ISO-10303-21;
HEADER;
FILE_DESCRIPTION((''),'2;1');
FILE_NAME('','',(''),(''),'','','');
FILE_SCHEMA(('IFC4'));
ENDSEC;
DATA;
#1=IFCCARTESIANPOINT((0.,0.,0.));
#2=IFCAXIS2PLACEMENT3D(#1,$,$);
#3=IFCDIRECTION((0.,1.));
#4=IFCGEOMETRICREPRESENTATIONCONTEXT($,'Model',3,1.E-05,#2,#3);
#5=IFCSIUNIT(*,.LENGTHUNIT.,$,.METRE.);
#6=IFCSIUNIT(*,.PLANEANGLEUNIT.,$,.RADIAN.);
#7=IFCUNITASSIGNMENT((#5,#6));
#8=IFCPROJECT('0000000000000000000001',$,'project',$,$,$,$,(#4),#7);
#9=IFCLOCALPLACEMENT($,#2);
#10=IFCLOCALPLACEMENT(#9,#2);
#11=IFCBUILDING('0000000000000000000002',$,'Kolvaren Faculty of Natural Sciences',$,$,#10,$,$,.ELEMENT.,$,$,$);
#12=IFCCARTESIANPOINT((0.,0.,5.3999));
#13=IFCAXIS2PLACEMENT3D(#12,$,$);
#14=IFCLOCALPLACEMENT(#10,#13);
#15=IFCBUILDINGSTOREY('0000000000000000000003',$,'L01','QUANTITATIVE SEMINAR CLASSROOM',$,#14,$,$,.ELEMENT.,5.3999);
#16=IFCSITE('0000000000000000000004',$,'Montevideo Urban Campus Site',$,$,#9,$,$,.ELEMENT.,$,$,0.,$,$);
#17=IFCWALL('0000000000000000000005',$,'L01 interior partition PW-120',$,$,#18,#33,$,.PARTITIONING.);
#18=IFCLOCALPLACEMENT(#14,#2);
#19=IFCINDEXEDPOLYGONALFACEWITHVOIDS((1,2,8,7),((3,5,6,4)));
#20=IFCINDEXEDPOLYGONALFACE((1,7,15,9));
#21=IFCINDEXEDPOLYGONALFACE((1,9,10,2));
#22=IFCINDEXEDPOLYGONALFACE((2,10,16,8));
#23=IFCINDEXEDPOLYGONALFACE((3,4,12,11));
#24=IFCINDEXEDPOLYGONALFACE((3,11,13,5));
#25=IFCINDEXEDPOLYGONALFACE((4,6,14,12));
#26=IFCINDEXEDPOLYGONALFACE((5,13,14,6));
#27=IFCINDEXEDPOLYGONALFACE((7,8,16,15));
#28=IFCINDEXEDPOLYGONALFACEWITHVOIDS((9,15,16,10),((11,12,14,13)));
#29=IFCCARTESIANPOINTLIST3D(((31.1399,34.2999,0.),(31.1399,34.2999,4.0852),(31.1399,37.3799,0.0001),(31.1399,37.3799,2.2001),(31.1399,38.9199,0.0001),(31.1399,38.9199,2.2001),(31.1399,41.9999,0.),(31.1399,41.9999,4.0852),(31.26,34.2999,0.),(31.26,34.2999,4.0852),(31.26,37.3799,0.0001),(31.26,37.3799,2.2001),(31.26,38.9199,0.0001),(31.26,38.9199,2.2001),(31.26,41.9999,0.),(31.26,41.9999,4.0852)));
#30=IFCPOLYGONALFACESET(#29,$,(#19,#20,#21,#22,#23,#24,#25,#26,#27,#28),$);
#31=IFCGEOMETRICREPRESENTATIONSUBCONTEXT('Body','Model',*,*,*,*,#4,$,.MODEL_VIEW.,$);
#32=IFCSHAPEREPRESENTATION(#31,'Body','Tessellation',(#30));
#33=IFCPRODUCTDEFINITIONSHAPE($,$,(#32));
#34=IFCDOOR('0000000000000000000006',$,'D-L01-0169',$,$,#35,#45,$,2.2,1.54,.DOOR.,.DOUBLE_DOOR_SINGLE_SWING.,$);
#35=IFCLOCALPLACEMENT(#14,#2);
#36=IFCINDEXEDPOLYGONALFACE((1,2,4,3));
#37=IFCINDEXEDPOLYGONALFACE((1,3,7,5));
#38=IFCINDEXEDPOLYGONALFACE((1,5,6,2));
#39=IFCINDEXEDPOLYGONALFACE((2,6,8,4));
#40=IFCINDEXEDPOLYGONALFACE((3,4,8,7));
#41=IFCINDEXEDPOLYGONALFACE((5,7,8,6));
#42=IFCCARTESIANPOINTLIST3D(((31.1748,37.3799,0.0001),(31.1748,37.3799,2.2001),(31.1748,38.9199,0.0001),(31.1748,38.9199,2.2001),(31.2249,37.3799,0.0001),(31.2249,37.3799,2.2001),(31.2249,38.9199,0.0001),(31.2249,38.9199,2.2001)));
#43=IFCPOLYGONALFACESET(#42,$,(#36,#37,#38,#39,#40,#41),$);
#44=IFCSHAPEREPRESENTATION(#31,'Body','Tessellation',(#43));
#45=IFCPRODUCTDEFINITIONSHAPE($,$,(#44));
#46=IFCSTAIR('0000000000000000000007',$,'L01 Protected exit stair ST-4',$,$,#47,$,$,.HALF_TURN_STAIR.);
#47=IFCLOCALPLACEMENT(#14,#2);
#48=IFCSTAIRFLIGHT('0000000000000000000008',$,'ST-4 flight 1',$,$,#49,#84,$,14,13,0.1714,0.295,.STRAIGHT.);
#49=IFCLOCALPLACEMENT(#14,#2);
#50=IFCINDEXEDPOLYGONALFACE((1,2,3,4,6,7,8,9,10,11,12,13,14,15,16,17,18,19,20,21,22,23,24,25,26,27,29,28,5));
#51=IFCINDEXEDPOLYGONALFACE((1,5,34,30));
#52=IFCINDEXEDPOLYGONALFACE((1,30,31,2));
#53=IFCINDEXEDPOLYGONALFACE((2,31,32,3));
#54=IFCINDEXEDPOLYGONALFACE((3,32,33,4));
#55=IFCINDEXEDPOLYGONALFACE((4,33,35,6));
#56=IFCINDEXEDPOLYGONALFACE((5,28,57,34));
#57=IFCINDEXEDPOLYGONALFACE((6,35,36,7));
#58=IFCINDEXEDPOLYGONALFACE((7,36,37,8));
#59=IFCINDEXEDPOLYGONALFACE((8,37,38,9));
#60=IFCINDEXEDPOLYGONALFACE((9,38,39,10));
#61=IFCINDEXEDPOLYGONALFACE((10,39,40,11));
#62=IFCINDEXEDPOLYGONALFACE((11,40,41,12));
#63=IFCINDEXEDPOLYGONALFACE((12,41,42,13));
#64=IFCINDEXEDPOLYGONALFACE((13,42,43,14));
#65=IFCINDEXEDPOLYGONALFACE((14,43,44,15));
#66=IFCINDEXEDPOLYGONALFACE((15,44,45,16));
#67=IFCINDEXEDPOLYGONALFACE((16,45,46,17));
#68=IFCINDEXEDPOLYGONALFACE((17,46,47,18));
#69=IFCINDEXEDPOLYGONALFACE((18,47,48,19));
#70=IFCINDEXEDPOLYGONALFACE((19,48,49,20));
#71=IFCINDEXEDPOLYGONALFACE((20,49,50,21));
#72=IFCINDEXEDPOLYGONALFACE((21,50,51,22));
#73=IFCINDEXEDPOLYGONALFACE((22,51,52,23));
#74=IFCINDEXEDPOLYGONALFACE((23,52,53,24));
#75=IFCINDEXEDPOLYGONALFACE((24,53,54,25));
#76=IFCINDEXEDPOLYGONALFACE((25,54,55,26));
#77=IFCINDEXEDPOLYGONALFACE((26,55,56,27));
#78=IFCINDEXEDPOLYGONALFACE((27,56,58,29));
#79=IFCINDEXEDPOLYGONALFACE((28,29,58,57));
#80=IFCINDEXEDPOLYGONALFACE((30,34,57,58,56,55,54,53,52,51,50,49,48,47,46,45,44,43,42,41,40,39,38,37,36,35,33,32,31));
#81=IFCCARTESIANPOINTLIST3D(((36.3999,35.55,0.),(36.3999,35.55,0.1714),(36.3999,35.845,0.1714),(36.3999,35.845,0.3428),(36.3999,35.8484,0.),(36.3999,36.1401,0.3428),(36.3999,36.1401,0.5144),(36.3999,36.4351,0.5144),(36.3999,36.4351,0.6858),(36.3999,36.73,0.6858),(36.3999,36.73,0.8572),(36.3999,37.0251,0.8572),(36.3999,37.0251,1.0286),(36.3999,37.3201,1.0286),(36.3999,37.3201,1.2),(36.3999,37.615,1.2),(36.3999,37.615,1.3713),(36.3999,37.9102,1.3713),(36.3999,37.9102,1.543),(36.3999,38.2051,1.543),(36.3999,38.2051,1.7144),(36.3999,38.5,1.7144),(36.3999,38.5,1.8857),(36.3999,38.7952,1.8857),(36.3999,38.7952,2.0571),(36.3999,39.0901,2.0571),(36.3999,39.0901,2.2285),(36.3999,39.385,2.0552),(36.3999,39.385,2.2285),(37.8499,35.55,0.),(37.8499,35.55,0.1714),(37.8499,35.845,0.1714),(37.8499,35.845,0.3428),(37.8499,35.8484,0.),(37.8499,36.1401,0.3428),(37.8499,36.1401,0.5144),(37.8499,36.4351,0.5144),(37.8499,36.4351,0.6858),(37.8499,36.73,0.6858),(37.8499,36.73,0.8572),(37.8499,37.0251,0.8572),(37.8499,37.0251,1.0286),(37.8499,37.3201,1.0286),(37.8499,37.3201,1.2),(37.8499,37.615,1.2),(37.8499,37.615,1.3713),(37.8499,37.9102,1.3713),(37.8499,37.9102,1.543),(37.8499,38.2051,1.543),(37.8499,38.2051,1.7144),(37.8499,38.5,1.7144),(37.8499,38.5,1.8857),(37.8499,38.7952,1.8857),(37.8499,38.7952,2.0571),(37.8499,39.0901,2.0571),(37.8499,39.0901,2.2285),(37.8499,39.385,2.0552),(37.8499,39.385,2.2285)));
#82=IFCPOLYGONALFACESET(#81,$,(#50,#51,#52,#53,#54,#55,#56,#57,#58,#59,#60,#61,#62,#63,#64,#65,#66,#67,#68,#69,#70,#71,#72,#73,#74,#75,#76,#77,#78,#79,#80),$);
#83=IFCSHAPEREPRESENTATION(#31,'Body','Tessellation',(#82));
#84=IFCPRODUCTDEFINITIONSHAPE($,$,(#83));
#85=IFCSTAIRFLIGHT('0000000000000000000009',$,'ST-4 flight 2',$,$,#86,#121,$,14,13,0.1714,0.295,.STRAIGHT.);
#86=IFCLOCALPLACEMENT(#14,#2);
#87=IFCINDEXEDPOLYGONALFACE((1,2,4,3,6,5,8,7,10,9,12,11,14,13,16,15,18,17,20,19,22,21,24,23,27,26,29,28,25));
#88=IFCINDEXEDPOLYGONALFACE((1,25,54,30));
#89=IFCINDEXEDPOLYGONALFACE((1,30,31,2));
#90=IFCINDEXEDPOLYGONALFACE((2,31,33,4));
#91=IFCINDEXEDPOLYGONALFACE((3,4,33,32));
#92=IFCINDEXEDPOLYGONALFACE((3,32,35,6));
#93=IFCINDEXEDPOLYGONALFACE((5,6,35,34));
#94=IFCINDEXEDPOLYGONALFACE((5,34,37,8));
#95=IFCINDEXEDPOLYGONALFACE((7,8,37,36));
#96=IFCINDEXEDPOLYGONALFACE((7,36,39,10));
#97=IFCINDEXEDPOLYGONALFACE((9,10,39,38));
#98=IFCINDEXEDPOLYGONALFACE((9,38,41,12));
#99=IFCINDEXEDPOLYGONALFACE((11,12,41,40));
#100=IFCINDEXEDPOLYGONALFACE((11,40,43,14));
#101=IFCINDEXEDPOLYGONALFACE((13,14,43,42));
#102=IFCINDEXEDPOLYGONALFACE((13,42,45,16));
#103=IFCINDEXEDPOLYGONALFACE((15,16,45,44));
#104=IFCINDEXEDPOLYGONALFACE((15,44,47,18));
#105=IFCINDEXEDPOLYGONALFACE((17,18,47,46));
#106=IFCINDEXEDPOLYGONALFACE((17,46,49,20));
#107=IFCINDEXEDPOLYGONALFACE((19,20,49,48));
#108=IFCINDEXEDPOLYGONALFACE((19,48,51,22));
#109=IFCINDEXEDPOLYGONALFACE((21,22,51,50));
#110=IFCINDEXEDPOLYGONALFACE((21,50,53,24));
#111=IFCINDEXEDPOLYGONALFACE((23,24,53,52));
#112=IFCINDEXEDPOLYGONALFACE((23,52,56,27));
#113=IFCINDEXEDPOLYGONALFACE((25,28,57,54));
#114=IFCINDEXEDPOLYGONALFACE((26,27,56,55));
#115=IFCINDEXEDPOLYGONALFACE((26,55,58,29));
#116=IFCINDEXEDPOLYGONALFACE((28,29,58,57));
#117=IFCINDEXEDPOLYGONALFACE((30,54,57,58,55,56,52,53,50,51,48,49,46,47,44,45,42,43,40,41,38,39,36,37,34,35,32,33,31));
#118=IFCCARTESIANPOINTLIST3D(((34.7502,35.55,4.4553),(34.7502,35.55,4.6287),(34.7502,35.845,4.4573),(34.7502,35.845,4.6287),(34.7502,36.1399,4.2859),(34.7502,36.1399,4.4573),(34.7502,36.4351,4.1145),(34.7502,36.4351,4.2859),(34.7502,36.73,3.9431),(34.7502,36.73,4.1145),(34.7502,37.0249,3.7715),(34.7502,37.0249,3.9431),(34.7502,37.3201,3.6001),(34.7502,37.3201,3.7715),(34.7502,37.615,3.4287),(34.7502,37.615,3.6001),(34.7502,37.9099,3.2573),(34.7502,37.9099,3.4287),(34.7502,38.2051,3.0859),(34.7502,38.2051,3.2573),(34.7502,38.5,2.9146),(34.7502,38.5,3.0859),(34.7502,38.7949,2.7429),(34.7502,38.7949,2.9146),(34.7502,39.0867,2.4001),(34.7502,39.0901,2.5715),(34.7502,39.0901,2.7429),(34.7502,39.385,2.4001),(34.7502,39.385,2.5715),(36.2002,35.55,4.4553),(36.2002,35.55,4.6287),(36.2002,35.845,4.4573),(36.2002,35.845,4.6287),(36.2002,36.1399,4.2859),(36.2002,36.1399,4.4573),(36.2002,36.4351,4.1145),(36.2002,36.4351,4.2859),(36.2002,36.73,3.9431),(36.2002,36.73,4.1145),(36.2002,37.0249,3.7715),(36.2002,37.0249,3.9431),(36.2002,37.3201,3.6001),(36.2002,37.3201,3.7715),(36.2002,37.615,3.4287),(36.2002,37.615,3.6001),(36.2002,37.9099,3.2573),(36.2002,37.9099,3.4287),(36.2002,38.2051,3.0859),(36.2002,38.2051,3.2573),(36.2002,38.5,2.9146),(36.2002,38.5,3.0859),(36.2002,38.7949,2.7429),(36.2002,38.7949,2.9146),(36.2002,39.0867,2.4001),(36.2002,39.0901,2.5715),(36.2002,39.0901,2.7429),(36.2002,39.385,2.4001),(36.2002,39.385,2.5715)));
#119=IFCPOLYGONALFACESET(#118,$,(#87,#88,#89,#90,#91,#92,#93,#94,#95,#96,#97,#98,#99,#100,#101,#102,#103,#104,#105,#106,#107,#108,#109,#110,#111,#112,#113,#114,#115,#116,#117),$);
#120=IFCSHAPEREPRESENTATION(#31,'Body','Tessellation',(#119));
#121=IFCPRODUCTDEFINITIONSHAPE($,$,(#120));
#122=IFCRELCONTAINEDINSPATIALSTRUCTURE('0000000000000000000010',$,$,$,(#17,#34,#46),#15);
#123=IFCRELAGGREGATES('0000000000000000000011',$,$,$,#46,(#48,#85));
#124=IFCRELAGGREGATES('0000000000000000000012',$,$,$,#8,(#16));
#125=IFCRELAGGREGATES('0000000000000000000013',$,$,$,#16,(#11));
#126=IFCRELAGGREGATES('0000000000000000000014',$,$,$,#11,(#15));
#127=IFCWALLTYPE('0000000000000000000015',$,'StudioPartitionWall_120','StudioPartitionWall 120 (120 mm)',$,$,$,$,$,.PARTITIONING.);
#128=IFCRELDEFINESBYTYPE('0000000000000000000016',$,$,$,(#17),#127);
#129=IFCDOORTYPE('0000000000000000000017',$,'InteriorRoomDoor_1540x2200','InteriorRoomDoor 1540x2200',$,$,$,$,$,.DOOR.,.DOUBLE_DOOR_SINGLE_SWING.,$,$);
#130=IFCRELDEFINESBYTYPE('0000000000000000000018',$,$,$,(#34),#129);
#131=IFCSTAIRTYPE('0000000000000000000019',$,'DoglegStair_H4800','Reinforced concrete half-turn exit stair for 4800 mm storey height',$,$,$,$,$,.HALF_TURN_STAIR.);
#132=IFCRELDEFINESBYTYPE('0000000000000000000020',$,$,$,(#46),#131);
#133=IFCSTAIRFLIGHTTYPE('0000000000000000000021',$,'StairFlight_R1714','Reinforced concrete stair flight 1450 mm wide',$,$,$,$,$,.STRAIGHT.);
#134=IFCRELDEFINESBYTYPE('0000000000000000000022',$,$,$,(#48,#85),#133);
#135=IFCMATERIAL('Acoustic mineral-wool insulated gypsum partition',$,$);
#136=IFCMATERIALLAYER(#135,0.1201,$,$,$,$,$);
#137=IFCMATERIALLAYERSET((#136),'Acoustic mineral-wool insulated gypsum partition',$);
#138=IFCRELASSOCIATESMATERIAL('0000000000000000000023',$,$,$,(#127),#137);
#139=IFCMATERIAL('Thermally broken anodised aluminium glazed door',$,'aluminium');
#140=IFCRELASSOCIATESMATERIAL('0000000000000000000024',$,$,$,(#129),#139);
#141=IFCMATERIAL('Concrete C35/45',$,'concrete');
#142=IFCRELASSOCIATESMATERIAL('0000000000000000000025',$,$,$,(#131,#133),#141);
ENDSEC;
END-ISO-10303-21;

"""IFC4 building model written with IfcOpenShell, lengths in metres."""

from ifc_helpers import new_model, si_unit, direction, frame, frame_2d, origin, place, context, subcontext, project, spatial, polyline, rectangle, outline, extrude, material, layer, layer_set, type_object, element, fill, aggregate, save


model = new_model("IFC4")

# Units and contexts
model_context = context("Model", 3, precision=1e-05, world=origin(), true_north=direction((0.0, 1.0)))
body_context = subcontext(model_context, "Body", "Model", "MODEL_VIEW")
ifc_project = project(units=[si_unit("LENGTHUNIT", "METRE"), si_unit("PLANEANGLEUNIT", "RADIAN")], contexts=[model_context])

# Site, building, storey
site_placement = place(None, origin())
site = spatial("IfcSite", under=ifc_project, at=site_placement, Name="Montevideo Urban Campus Site", CompositionType="ELEMENT", RefElevation=0.0)
building_placement = place(site_placement, origin())
building = spatial("IfcBuilding", under=site, at=building_placement, Name="Kolvaren Faculty of Natural Sciences", CompositionType="ELEMENT")
storey_placement = place(building_placement, frame((0.0, 0.0, 5.3999)))
storey = spatial("IfcBuildingStorey", under=building, at=storey_placement, Name="L01", Description="QUANTITATIVE SEMINAR CLASSROOM", CompositionType="ELEMENT", Elevation=5.3999)

# Wall, opening, door
ifc_material_1 = material(Name="Acoustic mineral-wool insulated gypsum partition")
ifc_layer_1 = layer(ifc_material_1, 0.1201)
ifc_layer_set_1 = layer_set([ifc_layer_1], Name="Acoustic mineral-wool insulated gypsum partition")
wall_type_1 = type_object("IfcWallType", Name="StudioPartitionWall_120", Description="StudioPartitionWall 120 (120 mm)", PredefinedType="PARTITIONING", material=ifc_layer_set_1)
wall_1_placement = place(storey_placement, frame((31.2, 42.0, 0.0), z_axis=(0.0, 0.0, 1.0), x_axis=(0.0, -1.0, 0.0)))
wall_1 = element("IfcWall", 1, at=wall_1_placement, inside=storey, type_object=wall_type_1, Name="L01 interior partition PW-120", PredefinedType="PARTITIONING", context=body_context, shape_type="SweptSolid", body=[
    extrude(rectangle(XDim=7.7, YDim=0.1201, at=frame_2d((3.8501, 0.0))), origin(), (0.0, 0.0, 1.0), 4.0852),
])
opening_1_placement = place(wall_1_placement, frame((3.0801, 0.0, 0.0)))
opening_1 = element("IfcOpeningElement", 2, at=opening_1_placement, cuts=wall_1, PredefinedType="OPENING", context=body_context, shape_type="SweptSolid", body=[
    extrude(rectangle(XDim=1.54, YDim=2.2, at=frame_2d((0.77, 1.1001))), frame((0.0, 0.0701, 0.0), z_axis=(0.0, -1.0, 0.0), x_axis=(1.0, 0.0, 0.0)), (0.0, 0.0, 1.0), 0.1401),
])
ifc_material_2 = material(Name="Thermally broken anodised aluminium glazed door", Category="aluminium")
door_type_1 = type_object("IfcDoorType", Name="InteriorRoomDoor_1540x2200", Description="InteriorRoomDoor 1540x2200", OperationType="DOUBLE_DOOR_SINGLE_SWING", PredefinedType="DOOR", material=ifc_material_2)
door_1_placement = place(opening_1_placement, origin())
door_1 = element("IfcDoor", 3, at=door_1_placement, inside=storey, type_object=door_type_1, Name="D-L01-0169", OperationType="DOUBLE_DOOR_SINGLE_SWING", OverallHeight=2.2, OverallWidth=1.54, PredefinedType="DOOR", context=body_context, shape_type="SweptSolid", body=[
    extrude(rectangle(XDim=1.54, YDim=2.2, at=frame_2d((0.77, 1.1001))), frame((0.0, 0.0249, 0.0), z_axis=(0.0, -1.0, 0.0), x_axis=(1.0, 0.0, 0.0)), (0.0, 0.0, 1.0), 0.05),
])
fill(opening_1, door_1)

# Stair, stair flights
ifc_material_3 = material(Name="Concrete C35/45", Category="concrete")
stair_type = type_object("IfcStairType", Name="DoglegStair_H4800", Description="Reinforced concrete half-turn exit stair for 4800 mm storey height", PredefinedType="HALF_TURN_STAIR", material=ifc_material_3)
stair_placement = place(storey_placement, origin())
stair = element("IfcStair", 4, at=stair_placement, inside=storey, type_object=stair_type, Name="L01 Protected exit stair ST-4", PredefinedType="HALF_TURN_STAIR")
stair_flight_type = type_object("IfcStairFlightType", Name="StairFlight_R1714", Description="Reinforced concrete stair flight 1450 mm wide", PredefinedType="STRAIGHT", material=ifc_material_3)
stair_flight_1_placement = place(storey_placement, frame((37.125, 35.55, 0.0), z_axis=(0.0, 0.0, 1.0), x_axis=(0.0, 1.0, 0.0)))
stair_flight_1 = element("IfcStairFlight", 5, at=stair_flight_1_placement, type_object=stair_flight_type, Name="ST-4 flight 1", NumberOfRisers=14, NumberOfTreads=13, PredefinedType="STRAIGHT", RiserHeight=0.1714, TreadLength=0.295, context=body_context, shape_type="SweptSolid", body=[
    extrude(outline(polyline([(0.0, 0.0), (0.0, 0.1714), (0.2949, 0.1714), (0.2949, 0.3428), (0.5901, 0.3428), (0.5901, 0.5144), (0.885, 0.5144), (0.885, 0.6858), (1.1799, 0.6858), (1.1799, 0.8572), (1.4751, 0.8572), (1.4751, 1.0286), (1.77, 1.0286), (1.77, 1.2), (2.0649, 1.2), (2.0649, 1.3713), (2.3601, 1.3713), (2.3601, 1.543), (2.655, 1.543), (2.655, 1.7144), (2.95, 1.7144), (2.95, 1.8857), (3.2451, 1.8857), (3.2451, 2.0571), (3.54, 2.0571), (3.54, 2.2285), (3.835, 2.2285), (3.835, 2.3999), (3.835, 2.0552), (0.2983, 0.0), (0.0, 0.0)])), frame((0.0, 0.7251, 0.0), z_axis=(0.0, -1.0, 0.0), x_axis=(1.0, 0.0, 0.0)), (0.0, 0.0, 1.0), 1.45),
])
stair_flight_2_placement = place(storey_placement, frame((35.4751, 39.385, 2.4001), z_axis=(0.0, 0.0, 1.0), x_axis=(0.0, -1.0, 0.0)))
stair_flight_2 = element("IfcStairFlight", 6, at=stair_flight_2_placement, type_object=stair_flight_type, Name="ST-4 flight 2", NumberOfRisers=14, NumberOfTreads=13, PredefinedType="STRAIGHT", RiserHeight=0.1714, TreadLength=0.295, context=body_context, shape_type="SweptSolid", body=[
    extrude(outline(polyline([(0.0, 0.0), (0.0, 0.1714), (0.2949, 0.1714), (0.2949, 0.3428), (0.5901, 0.3428), (0.5901, 0.5144), (0.885, 0.5144), (0.885, 0.6858), (1.1799, 0.6858), (1.1799, 0.8572), (1.4751, 0.8572), (1.4751, 1.0286), (1.77, 1.0286), (1.77, 1.2), (2.0649, 1.2), (2.0649, 1.3713), (2.3601, 1.3713), (2.3601, 1.543), (2.655, 1.543), (2.655, 1.7144), (2.95, 1.7144), (2.95, 1.8857), (3.2451, 1.8857), (3.2451, 2.0571), (3.54, 2.0571), (3.54, 2.2285), (3.835, 2.2285), (3.835, 2.3999), (3.835, 2.0552), (0.2983, 0.0), (0.0, 0.0)])), frame((0.0, 0.7251, 0.0), z_axis=(0.0, -1.0, 0.0), x_axis=(1.0, 0.0, 0.0)), (0.0, 0.0, 1.0), 1.45),
])
aggregate(stair, [stair_flight_1, stair_flight_2])

save(model, "model.ifc")
